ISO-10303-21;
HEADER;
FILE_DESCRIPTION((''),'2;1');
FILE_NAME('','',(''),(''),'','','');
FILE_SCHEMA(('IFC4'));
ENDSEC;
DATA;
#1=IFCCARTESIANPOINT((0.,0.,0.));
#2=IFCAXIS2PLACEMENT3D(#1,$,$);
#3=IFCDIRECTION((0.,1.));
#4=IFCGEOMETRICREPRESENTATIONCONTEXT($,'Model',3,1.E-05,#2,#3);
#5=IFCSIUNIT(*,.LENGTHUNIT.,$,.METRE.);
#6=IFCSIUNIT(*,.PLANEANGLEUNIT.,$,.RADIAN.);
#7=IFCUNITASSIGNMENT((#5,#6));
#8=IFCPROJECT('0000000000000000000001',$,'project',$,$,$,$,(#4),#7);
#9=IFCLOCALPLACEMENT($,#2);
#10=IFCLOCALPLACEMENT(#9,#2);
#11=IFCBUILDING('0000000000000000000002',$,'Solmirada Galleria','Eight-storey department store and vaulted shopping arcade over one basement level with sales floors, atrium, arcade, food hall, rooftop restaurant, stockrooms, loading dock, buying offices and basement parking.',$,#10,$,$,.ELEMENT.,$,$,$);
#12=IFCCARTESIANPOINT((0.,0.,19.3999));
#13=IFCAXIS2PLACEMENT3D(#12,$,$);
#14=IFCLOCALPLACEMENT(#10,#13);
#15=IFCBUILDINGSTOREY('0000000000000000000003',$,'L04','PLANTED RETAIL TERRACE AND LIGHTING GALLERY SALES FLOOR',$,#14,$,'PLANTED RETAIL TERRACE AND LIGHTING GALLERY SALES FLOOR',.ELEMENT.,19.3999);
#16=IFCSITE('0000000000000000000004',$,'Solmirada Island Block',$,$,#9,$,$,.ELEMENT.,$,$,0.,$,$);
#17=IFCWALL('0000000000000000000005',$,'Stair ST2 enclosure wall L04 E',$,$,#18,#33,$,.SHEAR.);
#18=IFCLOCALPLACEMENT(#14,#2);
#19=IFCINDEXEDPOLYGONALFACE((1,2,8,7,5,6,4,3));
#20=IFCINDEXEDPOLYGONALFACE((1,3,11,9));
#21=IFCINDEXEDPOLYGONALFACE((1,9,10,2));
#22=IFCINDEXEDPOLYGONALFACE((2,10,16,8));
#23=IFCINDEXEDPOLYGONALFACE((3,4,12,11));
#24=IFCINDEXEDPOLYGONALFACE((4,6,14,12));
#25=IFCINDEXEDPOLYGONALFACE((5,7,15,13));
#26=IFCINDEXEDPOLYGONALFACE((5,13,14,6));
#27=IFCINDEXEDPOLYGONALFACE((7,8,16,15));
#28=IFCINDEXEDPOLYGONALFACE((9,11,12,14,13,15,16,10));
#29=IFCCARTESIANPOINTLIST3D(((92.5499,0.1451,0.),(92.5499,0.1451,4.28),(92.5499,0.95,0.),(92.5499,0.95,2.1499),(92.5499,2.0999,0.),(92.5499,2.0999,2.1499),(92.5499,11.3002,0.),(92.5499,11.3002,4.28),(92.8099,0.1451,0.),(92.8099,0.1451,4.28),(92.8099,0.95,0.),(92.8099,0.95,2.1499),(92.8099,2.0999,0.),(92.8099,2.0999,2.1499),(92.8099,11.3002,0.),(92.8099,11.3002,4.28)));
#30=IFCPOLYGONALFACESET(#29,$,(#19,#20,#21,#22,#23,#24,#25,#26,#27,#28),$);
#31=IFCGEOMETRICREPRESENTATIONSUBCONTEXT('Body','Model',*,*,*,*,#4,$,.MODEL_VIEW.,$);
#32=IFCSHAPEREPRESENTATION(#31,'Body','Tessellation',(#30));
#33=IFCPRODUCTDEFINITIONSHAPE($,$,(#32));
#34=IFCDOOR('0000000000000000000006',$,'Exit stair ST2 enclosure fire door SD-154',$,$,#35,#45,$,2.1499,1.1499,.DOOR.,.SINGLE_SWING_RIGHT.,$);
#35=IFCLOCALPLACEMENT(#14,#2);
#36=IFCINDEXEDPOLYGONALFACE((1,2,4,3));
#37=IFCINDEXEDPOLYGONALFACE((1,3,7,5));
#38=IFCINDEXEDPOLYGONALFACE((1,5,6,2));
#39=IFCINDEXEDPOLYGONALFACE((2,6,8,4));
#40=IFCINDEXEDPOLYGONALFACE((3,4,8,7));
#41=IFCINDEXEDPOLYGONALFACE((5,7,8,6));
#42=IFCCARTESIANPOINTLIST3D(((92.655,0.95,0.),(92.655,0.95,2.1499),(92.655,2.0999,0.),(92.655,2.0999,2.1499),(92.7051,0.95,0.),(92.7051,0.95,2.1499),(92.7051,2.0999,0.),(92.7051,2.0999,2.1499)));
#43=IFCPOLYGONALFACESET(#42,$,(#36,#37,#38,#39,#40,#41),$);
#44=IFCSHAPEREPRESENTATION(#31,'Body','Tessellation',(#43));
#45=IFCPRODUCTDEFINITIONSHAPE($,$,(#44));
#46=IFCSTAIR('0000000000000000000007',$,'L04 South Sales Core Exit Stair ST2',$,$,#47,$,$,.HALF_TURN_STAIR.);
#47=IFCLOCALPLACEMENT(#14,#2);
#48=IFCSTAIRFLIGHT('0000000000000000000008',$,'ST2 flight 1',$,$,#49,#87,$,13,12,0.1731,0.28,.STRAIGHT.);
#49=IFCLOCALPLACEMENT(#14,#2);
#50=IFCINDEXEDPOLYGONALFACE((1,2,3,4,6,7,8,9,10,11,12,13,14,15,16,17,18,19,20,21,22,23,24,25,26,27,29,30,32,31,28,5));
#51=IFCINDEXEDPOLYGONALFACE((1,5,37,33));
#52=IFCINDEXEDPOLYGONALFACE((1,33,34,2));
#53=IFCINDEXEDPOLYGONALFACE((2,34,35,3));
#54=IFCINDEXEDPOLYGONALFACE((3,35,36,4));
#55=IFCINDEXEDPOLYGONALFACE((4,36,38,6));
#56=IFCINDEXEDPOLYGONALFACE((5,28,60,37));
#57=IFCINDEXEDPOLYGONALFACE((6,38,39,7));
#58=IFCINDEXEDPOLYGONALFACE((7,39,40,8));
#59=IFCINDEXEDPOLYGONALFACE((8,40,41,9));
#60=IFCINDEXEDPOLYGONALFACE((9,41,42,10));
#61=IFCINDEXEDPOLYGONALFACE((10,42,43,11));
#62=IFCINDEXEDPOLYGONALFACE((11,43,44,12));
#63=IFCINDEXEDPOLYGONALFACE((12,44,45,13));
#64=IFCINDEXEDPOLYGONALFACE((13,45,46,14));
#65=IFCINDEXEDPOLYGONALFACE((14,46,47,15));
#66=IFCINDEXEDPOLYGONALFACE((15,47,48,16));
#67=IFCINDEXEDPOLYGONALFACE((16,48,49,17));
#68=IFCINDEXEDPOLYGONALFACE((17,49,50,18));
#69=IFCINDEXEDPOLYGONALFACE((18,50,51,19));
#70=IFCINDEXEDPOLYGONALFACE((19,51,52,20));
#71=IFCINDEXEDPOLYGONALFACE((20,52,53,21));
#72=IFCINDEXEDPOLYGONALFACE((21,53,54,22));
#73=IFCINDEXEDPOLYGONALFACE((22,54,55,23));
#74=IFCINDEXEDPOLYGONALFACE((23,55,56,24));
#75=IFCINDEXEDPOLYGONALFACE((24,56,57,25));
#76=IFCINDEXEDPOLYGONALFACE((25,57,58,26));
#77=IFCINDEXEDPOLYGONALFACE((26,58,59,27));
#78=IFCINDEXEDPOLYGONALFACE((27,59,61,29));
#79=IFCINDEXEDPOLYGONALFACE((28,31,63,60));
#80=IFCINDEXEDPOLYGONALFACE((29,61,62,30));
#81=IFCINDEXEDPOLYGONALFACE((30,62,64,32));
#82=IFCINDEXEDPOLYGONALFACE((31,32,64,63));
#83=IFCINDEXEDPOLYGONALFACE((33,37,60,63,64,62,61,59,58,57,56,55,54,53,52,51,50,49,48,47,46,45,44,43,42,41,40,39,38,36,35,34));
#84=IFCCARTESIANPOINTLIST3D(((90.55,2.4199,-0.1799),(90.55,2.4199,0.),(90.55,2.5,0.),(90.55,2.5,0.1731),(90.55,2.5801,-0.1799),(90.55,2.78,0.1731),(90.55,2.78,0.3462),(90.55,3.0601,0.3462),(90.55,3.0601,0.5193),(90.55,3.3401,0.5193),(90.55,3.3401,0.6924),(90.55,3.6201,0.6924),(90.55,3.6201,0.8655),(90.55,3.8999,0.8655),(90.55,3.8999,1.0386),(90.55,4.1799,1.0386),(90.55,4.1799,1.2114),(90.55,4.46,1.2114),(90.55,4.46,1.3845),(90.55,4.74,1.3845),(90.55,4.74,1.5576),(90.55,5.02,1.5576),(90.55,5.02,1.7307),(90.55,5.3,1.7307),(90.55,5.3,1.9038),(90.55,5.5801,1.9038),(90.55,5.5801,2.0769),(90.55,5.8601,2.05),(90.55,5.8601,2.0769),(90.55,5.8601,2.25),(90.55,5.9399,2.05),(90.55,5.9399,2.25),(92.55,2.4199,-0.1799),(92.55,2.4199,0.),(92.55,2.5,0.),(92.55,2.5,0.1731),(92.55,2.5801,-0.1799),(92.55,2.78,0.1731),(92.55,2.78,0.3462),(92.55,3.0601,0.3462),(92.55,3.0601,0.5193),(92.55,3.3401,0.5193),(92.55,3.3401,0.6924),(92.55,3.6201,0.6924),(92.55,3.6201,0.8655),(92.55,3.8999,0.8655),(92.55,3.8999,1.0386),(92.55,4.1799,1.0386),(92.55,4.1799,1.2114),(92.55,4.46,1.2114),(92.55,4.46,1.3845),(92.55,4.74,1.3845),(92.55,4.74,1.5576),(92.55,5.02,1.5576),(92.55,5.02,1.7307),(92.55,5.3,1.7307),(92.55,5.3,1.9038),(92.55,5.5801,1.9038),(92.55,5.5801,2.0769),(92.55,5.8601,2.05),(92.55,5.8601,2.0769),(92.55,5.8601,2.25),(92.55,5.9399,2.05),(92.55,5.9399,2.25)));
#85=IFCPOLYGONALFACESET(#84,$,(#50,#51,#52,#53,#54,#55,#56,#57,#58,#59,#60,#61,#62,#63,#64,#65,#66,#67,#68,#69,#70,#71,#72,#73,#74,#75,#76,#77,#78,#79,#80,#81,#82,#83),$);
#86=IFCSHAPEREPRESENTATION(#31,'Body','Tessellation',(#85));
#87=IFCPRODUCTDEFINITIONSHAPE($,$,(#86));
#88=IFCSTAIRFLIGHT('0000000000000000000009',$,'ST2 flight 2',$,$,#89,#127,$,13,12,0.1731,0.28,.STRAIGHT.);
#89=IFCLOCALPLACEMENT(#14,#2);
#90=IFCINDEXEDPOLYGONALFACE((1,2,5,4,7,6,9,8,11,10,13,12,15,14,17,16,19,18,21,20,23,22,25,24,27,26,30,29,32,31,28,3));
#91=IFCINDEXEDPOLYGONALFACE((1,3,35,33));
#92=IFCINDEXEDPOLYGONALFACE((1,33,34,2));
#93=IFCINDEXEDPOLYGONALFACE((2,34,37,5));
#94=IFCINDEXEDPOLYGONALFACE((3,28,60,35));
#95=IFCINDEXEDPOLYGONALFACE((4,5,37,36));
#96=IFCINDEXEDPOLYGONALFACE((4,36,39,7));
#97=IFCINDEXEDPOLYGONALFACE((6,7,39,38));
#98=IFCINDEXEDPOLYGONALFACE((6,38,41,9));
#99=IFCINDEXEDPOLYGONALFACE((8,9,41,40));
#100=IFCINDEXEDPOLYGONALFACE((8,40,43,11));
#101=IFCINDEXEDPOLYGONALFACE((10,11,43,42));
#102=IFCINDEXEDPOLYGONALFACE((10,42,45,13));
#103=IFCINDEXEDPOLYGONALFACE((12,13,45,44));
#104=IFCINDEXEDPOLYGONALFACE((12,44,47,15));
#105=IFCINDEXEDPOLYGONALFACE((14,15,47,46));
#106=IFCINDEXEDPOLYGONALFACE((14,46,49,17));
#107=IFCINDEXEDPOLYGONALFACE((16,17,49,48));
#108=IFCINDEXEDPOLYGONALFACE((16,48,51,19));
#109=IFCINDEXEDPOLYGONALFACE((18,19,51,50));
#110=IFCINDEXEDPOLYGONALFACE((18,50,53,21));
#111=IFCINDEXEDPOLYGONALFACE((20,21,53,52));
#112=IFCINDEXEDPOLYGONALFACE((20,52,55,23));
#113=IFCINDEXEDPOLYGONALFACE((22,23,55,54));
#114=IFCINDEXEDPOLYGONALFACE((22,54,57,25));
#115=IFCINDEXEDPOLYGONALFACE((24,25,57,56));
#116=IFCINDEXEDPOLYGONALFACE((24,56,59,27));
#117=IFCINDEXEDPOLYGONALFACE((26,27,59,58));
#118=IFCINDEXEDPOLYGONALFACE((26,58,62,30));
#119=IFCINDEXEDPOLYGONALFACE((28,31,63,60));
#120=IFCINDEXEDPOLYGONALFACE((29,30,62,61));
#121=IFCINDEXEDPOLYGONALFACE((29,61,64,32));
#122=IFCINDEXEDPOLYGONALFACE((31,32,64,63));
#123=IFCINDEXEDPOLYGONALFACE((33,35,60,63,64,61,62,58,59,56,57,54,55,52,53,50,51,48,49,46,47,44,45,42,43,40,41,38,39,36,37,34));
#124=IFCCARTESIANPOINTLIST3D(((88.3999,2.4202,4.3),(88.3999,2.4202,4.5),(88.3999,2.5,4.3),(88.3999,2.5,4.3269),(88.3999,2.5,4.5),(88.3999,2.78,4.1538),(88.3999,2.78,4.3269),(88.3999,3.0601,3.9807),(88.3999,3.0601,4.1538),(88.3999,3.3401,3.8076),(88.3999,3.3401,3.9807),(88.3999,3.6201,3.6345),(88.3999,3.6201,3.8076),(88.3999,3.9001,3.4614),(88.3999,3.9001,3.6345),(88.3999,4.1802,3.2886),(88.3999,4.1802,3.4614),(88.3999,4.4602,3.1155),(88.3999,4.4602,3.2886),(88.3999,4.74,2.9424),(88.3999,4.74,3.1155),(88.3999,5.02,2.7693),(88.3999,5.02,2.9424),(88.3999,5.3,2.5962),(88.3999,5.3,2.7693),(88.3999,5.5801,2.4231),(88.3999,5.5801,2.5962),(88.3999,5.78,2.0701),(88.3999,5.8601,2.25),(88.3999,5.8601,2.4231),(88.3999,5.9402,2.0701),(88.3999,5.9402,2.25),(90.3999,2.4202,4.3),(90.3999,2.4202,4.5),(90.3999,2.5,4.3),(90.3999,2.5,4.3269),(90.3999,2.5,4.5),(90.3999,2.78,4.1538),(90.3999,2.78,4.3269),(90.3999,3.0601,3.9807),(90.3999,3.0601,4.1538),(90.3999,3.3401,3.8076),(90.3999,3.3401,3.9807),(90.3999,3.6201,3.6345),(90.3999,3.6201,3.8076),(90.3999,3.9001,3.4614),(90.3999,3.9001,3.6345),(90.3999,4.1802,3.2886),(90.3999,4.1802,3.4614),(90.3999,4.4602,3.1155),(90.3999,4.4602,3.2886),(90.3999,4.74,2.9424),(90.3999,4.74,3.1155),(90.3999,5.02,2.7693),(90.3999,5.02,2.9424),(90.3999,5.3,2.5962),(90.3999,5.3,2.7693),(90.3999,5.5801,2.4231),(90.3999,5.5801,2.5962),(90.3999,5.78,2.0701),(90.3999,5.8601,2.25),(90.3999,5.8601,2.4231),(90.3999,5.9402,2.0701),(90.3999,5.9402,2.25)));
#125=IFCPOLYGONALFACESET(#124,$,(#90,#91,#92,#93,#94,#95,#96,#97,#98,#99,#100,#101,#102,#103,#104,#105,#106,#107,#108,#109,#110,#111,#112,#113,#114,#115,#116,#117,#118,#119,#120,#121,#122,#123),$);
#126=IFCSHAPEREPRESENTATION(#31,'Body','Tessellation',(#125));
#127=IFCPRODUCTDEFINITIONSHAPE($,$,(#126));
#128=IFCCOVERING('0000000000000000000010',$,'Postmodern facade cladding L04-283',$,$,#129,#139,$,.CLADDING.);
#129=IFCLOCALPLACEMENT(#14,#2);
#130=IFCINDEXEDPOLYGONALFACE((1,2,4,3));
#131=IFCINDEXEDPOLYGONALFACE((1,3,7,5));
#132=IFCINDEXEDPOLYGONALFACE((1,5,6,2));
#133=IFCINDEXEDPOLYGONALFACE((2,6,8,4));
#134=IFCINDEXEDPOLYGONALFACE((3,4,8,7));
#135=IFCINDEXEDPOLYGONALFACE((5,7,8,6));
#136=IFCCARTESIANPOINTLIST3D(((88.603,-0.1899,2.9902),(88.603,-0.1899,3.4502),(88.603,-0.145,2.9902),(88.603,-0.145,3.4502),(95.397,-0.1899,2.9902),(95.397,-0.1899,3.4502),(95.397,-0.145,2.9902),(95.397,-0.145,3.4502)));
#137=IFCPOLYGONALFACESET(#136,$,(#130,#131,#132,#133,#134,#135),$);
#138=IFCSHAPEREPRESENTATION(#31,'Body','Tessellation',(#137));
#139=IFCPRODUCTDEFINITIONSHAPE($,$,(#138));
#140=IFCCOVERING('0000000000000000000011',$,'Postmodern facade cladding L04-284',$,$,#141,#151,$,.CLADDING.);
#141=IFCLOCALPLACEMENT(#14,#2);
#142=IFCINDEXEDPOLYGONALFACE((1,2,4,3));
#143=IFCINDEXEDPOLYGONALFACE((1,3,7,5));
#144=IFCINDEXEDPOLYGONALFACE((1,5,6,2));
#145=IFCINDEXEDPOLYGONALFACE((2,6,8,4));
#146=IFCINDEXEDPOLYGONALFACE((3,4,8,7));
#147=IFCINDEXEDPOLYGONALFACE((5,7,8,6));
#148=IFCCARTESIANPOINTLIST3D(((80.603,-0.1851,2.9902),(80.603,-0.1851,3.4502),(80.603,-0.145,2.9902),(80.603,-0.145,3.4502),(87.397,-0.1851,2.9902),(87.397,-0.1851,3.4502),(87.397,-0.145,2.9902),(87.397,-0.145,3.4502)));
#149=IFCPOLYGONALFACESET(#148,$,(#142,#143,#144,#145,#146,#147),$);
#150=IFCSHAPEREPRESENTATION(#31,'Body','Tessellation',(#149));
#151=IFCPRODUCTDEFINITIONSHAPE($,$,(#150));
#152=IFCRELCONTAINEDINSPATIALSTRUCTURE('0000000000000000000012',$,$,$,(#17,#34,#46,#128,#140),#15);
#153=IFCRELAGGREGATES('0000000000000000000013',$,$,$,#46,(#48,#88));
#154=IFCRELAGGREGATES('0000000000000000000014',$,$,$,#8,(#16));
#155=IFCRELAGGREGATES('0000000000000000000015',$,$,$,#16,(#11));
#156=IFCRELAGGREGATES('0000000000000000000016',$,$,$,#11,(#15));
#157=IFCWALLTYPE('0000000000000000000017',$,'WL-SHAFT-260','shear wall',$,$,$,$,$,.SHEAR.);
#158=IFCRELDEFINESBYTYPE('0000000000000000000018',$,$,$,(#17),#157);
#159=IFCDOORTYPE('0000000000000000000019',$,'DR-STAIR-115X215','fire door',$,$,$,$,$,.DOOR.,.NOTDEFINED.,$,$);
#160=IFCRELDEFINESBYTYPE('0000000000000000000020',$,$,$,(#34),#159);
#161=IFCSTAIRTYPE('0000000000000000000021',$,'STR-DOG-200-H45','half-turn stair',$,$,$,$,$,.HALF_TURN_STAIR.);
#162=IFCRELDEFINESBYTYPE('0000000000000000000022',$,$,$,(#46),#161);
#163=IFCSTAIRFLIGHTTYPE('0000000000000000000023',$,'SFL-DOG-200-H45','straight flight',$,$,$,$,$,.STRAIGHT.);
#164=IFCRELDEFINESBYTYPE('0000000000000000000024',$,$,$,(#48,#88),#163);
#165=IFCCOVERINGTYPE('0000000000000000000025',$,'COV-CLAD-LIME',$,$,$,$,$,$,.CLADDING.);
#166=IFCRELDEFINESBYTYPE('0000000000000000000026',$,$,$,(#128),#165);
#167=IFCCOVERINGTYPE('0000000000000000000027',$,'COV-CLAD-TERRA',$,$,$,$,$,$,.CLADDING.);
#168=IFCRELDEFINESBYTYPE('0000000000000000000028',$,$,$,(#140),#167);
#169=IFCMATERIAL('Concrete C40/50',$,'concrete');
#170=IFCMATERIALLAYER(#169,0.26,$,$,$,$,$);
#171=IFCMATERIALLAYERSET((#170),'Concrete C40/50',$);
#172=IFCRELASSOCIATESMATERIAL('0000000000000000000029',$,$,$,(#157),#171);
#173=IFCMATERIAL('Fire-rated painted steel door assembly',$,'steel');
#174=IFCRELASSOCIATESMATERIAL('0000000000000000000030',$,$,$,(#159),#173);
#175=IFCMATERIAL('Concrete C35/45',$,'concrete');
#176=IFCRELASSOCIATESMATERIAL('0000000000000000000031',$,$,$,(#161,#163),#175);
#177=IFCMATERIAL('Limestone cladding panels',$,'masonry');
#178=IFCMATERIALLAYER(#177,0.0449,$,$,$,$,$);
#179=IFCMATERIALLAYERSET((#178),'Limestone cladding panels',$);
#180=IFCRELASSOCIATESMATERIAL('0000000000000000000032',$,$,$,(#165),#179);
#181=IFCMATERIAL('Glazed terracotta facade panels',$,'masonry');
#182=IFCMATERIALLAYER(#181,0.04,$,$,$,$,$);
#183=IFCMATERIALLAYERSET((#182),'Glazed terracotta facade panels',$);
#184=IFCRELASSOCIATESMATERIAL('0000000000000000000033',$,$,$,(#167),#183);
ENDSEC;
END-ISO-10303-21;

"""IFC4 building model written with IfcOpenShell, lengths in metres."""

from ifc_helpers import new_model, si_unit, direction, frame, frame_2d, origin, origin_2d, place, context, subcontext, project, spatial, polyline, rectangle, outline, extrude, material, layer, layer_set, type_object, element, fill, aggregate, save


model = new_model("IFC4")

# Units and contexts
model_context = context("Model", 3, precision=1e-05, world=origin(), true_north=direction((0.0, 1.0)))
body_context = subcontext(model_context, "Body", "Model", "MODEL_VIEW")
ifc_project = project(units=[si_unit("LENGTHUNIT", "METRE"), si_unit("PLANEANGLEUNIT", "RADIAN")], contexts=[model_context])

# Site, building, storey
site_placement = place(None, origin())
site = spatial("IfcSite", under=ifc_project, at=site_placement, Name="Solmirada Island Block", CompositionType="ELEMENT", RefElevation=0.0)
building_placement = place(site_placement, origin())
building = spatial("IfcBuilding", under=site, at=building_placement, Name="Solmirada Galleria", Description="Eight-storey department store and vaulted shopping arcade over one basement level with sales floors, atrium, arcade, food hall, rooftop restaurant, stockrooms, loading dock, buying offices and basement parking.", CompositionType="ELEMENT")
storey_placement = place(building_placement, frame((0.0, 0.0, 19.3999)))
storey = spatial("IfcBuildingStorey", under=building, at=storey_placement, Name="L04", Description="PLANTED RETAIL TERRACE AND LIGHTING GALLERY SALES FLOOR", LongName="PLANTED RETAIL TERRACE AND LIGHTING GALLERY SALES FLOOR", CompositionType="ELEMENT", Elevation=19.3999)

# Shared definitions
ifc_material_1 = material(Name="Concrete C40/50", Category="concrete")

# Shared definitions
ifc_material_2 = material(Name="Fire-rated painted steel door assembly", Category="steel")

# Shared definitions
ifc_layer_1 = layer(ifc_material_1, 0.26)
ifc_layer_set_1 = layer_set([ifc_layer_1], Name="Concrete C40/50")
wall_type_1 = type_object("IfcWallType", Name="WL-SHAFT-260", Description="shear wall", PredefinedType="SHEAR", material=ifc_layer_set_1)

# Wall, opening, door
wall_1_placement = place(storey_placement, frame((92.6799, 0.145, 0.0), z_axis=(0.0, 0.0, 1.0), x_axis=(0.0, 1.0, 0.0)))
wall_1 = element("IfcWall", 1, at=wall_1_placement, inside=storey, type_object=wall_type_1, Name="Stair ST2 enclosure wall L04 E", PredefinedType="SHEAR", context=body_context, shape_type="SweptSolid", body=[
    extrude(rectangle(XDim=11.155, YDim=0.26, at=frame_2d((5.5776, 0.0))), origin(), (0.0, 0.0, 1.0), 4.28),
])
opening_1_placement = place(wall_1_placement, frame((0.8049, 0.0, 0.0)))
opening_1 = element("IfcOpeningElement", 2, at=opening_1_placement, cuts=wall_1, PredefinedType="OPENING", context=body_context, shape_type="SweptSolid", body=[
    extrude(rectangle(XDim=1.1499, YDim=2.1499, at=frame_2d((0.575, 1.075))), frame((0.0, 0.1399, 0.0), z_axis=(0.0, -1.0, 0.0), x_axis=(1.0, 0.0, 0.0)), (0.0, 0.0, 1.0), 0.28),
])
door_type_1 = type_object("IfcDoorType", Name="DR-STAIR-115X215", Description="fire door", OperationType="NOTDEFINED", PredefinedType="DOOR", material=ifc_material_2)
door_1_placement = place(opening_1_placement, origin())
door_1 = element("IfcDoor", 3, at=door_1_placement, inside=storey, type_object=door_type_1, Name="Exit stair ST2 enclosure fire door SD-154", OperationType="SINGLE_SWING_RIGHT", OverallHeight=2.1499, OverallWidth=1.1499, PredefinedType="DOOR", context=body_context, shape_type="SweptSolid", body=[
    extrude(rectangle(XDim=1.1499, YDim=2.1499, at=frame_2d((0.575, 1.075))), frame((0.0, 0.0249, 0.0), z_axis=(0.0, -1.0, 0.0), x_axis=(1.0, 0.0, 0.0)), (0.0, 0.0, 1.0), 0.05),
])
fill(opening_1, door_1)

# Stair, stair flights
ifc_material_3 = material(Name="Concrete C35/45", Category="concrete")
stair_type = type_object("IfcStairType", Name="STR-DOG-200-H45", Description="half-turn stair", PredefinedType="HALF_TURN_STAIR", material=ifc_material_3)
stair_placement = place(storey_placement, origin())
stair = element("IfcStair", 4, at=stair_placement, inside=storey, type_object=stair_type, Name="L04 South Sales Core Exit Stair ST2", PredefinedType="HALF_TURN_STAIR")
stair_flight_type = type_object("IfcStairFlightType", Name="SFL-DOG-200-H45", Description="straight flight", PredefinedType="STRAIGHT", material=ifc_material_3)
stair_flight_1_placement = place(storey_placement, frame((91.55, 2.5, 0.0), z_axis=(0.0, 0.0, 1.0), x_axis=(0.0, 1.0, 0.0)))
stair_flight_1 = element("IfcStairFlight", 5, at=stair_flight_1_placement, type_object=stair_flight_type, Name="ST2 flight 1", NumberOfRisers=13, NumberOfTreads=12, PredefinedType="STRAIGHT", RiserHeight=0.1731, TreadLength=0.28, context=body_context, shape_type="SweptSolid", body=[
    extrude(outline(polyline([(-0.0801, 0.0), (0.0, 0.0), (0.0, 0.1731), (0.28, 0.1731), (0.28, 0.3462), (0.5601, 0.3462), (0.5601, 0.5193), (0.8401, 0.5193), (0.8401, 0.6924), (1.1201, 0.6924), (1.1201, 0.8655), (1.3999, 0.8655), (1.3999, 1.0386), (1.6799, 1.0386), (1.6799, 1.2114), (1.96, 1.2114), (1.96, 1.3845), (2.24, 1.3845), (2.24, 1.5576), (2.52, 1.5576), (2.52, 1.7307), (2.8, 1.7307), (2.8, 1.9038), (3.0801, 1.9038), (3.0801, 2.0769), (3.3601, 2.0769), (3.3601, 2.25), (3.4399, 2.25), (3.4399, 2.05), (3.3601, 2.05), (0.0801, -0.1799), (-0.0801, -0.1799), (-0.0801, 0.0)])), frame((0.0, 1.0, 0.0), z_axis=(0.0, -1.0, 0.0), x_axis=(1.0, 0.0, 0.0)), (0.0, 0.0, 1.0), 2.0),
])
stair_flight_2_placement = place(storey_placement, frame((89.3999, 5.8601, 2.25), z_axis=(0.0, 0.0, 1.0), x_axis=(0.0, -1.0, 0.0)))
stair_flight_2 = element("IfcStairFlight", 6, at=stair_flight_2_placement, type_object=stair_flight_type, Name="ST2 flight 2", NumberOfRisers=13, NumberOfTreads=12, PredefinedType="STRAIGHT", RiserHeight=0.1731, TreadLength=0.28, context=body_context, shape_type="SweptSolid", body=[
    extrude(outline(polyline([(-0.0801, 0.0), (0.0, 0.0), (0.0, 0.1731), (0.28, 0.1731), (0.28, 0.3462), (0.5601, 0.3462), (0.5601, 0.5193), (0.8401, 0.5193), (0.8401, 0.6924), (1.1201, 0.6924), (1.1201, 0.8655), (1.3999, 0.8655), (1.3999, 1.0386), (1.6799, 1.0386), (1.6799, 1.2114), (1.96, 1.2114), (1.96, 1.3845), (2.24, 1.3845), (2.24, 1.5576), (2.52, 1.5576), (2.52, 1.7307), (2.8, 1.7307), (2.8, 1.9038), (3.0801, 1.9038), (3.0801, 2.0769), (3.3601, 2.0769), (3.3601, 2.25), (3.4399, 2.25), (3.4399, 2.05), (3.3601, 2.05), (0.0801, -0.1799), (-0.0801, -0.1799), (-0.0801, 0.0)])), frame((0.0, 1.0, 0.0), z_axis=(0.0, -1.0, 0.0), x_axis=(1.0, 0.0, 0.0)), (0.0, 0.0, 1.0), 2.0),
])
aggregate(stair, [stair_flight_1, stair_flight_2])

# Coverings
ifc_material_4 = material(Name="Limestone cladding panels", Category="masonry")
ifc_layer_2 = layer(ifc_material_4, 0.0449)
ifc_layer_set_2 = layer_set([ifc_layer_2], Name="Limestone cladding panels")
covering_type_1 = type_object("IfcCoveringType", Name="COV-CLAD-LIME", PredefinedType="CLADDING", material=ifc_layer_set_2)
covering_1_placement = place(storey_placement, frame((92.0, -0.1675, 2.9902), z_axis=(0.0, 0.0, 1.0), x_axis=(-1.0, 0.0, 0.0)))
element("IfcCovering", 7, at=covering_1_placement, inside=storey, type_object=covering_type_1, Name="Postmodern facade cladding L04-283", PredefinedType="CLADDING", context=body_context, shape_type="SweptSolid", body=[
    extrude(rectangle(XDim=6.7939, YDim=0.0449, at=origin_2d()), origin(), (0.0, 0.0, 1.0), 0.46),
])
ifc_material_5 = material(Name="Glazed terracotta facade panels", Category="masonry")
ifc_layer_3 = layer(ifc_material_5, 0.04)
ifc_layer_set_3 = layer_set([ifc_layer_3], Name="Glazed terracotta facade panels")
covering_type_2 = type_object("IfcCoveringType", Name="COV-CLAD-TERRA", PredefinedType="CLADDING", material=ifc_layer_set_3)
covering_2_placement = place(storey_placement, frame((84.0, -0.165, 2.9902), z_axis=(0.0, 0.0, 1.0), x_axis=(-1.0, 0.0, 0.0)))
element("IfcCovering", 8, at=covering_2_placement, inside=storey, type_object=covering_type_2, Name="Postmodern facade cladding L04-284", PredefinedType="CLADDING", context=body_context, shape_type="SweptSolid", body=[
    extrude(rectangle(XDim=6.7939, YDim=0.04, at=origin_2d()), origin(), (0.0, 0.0, 1.0), 0.46),
])

save(model, "model.ifc")
